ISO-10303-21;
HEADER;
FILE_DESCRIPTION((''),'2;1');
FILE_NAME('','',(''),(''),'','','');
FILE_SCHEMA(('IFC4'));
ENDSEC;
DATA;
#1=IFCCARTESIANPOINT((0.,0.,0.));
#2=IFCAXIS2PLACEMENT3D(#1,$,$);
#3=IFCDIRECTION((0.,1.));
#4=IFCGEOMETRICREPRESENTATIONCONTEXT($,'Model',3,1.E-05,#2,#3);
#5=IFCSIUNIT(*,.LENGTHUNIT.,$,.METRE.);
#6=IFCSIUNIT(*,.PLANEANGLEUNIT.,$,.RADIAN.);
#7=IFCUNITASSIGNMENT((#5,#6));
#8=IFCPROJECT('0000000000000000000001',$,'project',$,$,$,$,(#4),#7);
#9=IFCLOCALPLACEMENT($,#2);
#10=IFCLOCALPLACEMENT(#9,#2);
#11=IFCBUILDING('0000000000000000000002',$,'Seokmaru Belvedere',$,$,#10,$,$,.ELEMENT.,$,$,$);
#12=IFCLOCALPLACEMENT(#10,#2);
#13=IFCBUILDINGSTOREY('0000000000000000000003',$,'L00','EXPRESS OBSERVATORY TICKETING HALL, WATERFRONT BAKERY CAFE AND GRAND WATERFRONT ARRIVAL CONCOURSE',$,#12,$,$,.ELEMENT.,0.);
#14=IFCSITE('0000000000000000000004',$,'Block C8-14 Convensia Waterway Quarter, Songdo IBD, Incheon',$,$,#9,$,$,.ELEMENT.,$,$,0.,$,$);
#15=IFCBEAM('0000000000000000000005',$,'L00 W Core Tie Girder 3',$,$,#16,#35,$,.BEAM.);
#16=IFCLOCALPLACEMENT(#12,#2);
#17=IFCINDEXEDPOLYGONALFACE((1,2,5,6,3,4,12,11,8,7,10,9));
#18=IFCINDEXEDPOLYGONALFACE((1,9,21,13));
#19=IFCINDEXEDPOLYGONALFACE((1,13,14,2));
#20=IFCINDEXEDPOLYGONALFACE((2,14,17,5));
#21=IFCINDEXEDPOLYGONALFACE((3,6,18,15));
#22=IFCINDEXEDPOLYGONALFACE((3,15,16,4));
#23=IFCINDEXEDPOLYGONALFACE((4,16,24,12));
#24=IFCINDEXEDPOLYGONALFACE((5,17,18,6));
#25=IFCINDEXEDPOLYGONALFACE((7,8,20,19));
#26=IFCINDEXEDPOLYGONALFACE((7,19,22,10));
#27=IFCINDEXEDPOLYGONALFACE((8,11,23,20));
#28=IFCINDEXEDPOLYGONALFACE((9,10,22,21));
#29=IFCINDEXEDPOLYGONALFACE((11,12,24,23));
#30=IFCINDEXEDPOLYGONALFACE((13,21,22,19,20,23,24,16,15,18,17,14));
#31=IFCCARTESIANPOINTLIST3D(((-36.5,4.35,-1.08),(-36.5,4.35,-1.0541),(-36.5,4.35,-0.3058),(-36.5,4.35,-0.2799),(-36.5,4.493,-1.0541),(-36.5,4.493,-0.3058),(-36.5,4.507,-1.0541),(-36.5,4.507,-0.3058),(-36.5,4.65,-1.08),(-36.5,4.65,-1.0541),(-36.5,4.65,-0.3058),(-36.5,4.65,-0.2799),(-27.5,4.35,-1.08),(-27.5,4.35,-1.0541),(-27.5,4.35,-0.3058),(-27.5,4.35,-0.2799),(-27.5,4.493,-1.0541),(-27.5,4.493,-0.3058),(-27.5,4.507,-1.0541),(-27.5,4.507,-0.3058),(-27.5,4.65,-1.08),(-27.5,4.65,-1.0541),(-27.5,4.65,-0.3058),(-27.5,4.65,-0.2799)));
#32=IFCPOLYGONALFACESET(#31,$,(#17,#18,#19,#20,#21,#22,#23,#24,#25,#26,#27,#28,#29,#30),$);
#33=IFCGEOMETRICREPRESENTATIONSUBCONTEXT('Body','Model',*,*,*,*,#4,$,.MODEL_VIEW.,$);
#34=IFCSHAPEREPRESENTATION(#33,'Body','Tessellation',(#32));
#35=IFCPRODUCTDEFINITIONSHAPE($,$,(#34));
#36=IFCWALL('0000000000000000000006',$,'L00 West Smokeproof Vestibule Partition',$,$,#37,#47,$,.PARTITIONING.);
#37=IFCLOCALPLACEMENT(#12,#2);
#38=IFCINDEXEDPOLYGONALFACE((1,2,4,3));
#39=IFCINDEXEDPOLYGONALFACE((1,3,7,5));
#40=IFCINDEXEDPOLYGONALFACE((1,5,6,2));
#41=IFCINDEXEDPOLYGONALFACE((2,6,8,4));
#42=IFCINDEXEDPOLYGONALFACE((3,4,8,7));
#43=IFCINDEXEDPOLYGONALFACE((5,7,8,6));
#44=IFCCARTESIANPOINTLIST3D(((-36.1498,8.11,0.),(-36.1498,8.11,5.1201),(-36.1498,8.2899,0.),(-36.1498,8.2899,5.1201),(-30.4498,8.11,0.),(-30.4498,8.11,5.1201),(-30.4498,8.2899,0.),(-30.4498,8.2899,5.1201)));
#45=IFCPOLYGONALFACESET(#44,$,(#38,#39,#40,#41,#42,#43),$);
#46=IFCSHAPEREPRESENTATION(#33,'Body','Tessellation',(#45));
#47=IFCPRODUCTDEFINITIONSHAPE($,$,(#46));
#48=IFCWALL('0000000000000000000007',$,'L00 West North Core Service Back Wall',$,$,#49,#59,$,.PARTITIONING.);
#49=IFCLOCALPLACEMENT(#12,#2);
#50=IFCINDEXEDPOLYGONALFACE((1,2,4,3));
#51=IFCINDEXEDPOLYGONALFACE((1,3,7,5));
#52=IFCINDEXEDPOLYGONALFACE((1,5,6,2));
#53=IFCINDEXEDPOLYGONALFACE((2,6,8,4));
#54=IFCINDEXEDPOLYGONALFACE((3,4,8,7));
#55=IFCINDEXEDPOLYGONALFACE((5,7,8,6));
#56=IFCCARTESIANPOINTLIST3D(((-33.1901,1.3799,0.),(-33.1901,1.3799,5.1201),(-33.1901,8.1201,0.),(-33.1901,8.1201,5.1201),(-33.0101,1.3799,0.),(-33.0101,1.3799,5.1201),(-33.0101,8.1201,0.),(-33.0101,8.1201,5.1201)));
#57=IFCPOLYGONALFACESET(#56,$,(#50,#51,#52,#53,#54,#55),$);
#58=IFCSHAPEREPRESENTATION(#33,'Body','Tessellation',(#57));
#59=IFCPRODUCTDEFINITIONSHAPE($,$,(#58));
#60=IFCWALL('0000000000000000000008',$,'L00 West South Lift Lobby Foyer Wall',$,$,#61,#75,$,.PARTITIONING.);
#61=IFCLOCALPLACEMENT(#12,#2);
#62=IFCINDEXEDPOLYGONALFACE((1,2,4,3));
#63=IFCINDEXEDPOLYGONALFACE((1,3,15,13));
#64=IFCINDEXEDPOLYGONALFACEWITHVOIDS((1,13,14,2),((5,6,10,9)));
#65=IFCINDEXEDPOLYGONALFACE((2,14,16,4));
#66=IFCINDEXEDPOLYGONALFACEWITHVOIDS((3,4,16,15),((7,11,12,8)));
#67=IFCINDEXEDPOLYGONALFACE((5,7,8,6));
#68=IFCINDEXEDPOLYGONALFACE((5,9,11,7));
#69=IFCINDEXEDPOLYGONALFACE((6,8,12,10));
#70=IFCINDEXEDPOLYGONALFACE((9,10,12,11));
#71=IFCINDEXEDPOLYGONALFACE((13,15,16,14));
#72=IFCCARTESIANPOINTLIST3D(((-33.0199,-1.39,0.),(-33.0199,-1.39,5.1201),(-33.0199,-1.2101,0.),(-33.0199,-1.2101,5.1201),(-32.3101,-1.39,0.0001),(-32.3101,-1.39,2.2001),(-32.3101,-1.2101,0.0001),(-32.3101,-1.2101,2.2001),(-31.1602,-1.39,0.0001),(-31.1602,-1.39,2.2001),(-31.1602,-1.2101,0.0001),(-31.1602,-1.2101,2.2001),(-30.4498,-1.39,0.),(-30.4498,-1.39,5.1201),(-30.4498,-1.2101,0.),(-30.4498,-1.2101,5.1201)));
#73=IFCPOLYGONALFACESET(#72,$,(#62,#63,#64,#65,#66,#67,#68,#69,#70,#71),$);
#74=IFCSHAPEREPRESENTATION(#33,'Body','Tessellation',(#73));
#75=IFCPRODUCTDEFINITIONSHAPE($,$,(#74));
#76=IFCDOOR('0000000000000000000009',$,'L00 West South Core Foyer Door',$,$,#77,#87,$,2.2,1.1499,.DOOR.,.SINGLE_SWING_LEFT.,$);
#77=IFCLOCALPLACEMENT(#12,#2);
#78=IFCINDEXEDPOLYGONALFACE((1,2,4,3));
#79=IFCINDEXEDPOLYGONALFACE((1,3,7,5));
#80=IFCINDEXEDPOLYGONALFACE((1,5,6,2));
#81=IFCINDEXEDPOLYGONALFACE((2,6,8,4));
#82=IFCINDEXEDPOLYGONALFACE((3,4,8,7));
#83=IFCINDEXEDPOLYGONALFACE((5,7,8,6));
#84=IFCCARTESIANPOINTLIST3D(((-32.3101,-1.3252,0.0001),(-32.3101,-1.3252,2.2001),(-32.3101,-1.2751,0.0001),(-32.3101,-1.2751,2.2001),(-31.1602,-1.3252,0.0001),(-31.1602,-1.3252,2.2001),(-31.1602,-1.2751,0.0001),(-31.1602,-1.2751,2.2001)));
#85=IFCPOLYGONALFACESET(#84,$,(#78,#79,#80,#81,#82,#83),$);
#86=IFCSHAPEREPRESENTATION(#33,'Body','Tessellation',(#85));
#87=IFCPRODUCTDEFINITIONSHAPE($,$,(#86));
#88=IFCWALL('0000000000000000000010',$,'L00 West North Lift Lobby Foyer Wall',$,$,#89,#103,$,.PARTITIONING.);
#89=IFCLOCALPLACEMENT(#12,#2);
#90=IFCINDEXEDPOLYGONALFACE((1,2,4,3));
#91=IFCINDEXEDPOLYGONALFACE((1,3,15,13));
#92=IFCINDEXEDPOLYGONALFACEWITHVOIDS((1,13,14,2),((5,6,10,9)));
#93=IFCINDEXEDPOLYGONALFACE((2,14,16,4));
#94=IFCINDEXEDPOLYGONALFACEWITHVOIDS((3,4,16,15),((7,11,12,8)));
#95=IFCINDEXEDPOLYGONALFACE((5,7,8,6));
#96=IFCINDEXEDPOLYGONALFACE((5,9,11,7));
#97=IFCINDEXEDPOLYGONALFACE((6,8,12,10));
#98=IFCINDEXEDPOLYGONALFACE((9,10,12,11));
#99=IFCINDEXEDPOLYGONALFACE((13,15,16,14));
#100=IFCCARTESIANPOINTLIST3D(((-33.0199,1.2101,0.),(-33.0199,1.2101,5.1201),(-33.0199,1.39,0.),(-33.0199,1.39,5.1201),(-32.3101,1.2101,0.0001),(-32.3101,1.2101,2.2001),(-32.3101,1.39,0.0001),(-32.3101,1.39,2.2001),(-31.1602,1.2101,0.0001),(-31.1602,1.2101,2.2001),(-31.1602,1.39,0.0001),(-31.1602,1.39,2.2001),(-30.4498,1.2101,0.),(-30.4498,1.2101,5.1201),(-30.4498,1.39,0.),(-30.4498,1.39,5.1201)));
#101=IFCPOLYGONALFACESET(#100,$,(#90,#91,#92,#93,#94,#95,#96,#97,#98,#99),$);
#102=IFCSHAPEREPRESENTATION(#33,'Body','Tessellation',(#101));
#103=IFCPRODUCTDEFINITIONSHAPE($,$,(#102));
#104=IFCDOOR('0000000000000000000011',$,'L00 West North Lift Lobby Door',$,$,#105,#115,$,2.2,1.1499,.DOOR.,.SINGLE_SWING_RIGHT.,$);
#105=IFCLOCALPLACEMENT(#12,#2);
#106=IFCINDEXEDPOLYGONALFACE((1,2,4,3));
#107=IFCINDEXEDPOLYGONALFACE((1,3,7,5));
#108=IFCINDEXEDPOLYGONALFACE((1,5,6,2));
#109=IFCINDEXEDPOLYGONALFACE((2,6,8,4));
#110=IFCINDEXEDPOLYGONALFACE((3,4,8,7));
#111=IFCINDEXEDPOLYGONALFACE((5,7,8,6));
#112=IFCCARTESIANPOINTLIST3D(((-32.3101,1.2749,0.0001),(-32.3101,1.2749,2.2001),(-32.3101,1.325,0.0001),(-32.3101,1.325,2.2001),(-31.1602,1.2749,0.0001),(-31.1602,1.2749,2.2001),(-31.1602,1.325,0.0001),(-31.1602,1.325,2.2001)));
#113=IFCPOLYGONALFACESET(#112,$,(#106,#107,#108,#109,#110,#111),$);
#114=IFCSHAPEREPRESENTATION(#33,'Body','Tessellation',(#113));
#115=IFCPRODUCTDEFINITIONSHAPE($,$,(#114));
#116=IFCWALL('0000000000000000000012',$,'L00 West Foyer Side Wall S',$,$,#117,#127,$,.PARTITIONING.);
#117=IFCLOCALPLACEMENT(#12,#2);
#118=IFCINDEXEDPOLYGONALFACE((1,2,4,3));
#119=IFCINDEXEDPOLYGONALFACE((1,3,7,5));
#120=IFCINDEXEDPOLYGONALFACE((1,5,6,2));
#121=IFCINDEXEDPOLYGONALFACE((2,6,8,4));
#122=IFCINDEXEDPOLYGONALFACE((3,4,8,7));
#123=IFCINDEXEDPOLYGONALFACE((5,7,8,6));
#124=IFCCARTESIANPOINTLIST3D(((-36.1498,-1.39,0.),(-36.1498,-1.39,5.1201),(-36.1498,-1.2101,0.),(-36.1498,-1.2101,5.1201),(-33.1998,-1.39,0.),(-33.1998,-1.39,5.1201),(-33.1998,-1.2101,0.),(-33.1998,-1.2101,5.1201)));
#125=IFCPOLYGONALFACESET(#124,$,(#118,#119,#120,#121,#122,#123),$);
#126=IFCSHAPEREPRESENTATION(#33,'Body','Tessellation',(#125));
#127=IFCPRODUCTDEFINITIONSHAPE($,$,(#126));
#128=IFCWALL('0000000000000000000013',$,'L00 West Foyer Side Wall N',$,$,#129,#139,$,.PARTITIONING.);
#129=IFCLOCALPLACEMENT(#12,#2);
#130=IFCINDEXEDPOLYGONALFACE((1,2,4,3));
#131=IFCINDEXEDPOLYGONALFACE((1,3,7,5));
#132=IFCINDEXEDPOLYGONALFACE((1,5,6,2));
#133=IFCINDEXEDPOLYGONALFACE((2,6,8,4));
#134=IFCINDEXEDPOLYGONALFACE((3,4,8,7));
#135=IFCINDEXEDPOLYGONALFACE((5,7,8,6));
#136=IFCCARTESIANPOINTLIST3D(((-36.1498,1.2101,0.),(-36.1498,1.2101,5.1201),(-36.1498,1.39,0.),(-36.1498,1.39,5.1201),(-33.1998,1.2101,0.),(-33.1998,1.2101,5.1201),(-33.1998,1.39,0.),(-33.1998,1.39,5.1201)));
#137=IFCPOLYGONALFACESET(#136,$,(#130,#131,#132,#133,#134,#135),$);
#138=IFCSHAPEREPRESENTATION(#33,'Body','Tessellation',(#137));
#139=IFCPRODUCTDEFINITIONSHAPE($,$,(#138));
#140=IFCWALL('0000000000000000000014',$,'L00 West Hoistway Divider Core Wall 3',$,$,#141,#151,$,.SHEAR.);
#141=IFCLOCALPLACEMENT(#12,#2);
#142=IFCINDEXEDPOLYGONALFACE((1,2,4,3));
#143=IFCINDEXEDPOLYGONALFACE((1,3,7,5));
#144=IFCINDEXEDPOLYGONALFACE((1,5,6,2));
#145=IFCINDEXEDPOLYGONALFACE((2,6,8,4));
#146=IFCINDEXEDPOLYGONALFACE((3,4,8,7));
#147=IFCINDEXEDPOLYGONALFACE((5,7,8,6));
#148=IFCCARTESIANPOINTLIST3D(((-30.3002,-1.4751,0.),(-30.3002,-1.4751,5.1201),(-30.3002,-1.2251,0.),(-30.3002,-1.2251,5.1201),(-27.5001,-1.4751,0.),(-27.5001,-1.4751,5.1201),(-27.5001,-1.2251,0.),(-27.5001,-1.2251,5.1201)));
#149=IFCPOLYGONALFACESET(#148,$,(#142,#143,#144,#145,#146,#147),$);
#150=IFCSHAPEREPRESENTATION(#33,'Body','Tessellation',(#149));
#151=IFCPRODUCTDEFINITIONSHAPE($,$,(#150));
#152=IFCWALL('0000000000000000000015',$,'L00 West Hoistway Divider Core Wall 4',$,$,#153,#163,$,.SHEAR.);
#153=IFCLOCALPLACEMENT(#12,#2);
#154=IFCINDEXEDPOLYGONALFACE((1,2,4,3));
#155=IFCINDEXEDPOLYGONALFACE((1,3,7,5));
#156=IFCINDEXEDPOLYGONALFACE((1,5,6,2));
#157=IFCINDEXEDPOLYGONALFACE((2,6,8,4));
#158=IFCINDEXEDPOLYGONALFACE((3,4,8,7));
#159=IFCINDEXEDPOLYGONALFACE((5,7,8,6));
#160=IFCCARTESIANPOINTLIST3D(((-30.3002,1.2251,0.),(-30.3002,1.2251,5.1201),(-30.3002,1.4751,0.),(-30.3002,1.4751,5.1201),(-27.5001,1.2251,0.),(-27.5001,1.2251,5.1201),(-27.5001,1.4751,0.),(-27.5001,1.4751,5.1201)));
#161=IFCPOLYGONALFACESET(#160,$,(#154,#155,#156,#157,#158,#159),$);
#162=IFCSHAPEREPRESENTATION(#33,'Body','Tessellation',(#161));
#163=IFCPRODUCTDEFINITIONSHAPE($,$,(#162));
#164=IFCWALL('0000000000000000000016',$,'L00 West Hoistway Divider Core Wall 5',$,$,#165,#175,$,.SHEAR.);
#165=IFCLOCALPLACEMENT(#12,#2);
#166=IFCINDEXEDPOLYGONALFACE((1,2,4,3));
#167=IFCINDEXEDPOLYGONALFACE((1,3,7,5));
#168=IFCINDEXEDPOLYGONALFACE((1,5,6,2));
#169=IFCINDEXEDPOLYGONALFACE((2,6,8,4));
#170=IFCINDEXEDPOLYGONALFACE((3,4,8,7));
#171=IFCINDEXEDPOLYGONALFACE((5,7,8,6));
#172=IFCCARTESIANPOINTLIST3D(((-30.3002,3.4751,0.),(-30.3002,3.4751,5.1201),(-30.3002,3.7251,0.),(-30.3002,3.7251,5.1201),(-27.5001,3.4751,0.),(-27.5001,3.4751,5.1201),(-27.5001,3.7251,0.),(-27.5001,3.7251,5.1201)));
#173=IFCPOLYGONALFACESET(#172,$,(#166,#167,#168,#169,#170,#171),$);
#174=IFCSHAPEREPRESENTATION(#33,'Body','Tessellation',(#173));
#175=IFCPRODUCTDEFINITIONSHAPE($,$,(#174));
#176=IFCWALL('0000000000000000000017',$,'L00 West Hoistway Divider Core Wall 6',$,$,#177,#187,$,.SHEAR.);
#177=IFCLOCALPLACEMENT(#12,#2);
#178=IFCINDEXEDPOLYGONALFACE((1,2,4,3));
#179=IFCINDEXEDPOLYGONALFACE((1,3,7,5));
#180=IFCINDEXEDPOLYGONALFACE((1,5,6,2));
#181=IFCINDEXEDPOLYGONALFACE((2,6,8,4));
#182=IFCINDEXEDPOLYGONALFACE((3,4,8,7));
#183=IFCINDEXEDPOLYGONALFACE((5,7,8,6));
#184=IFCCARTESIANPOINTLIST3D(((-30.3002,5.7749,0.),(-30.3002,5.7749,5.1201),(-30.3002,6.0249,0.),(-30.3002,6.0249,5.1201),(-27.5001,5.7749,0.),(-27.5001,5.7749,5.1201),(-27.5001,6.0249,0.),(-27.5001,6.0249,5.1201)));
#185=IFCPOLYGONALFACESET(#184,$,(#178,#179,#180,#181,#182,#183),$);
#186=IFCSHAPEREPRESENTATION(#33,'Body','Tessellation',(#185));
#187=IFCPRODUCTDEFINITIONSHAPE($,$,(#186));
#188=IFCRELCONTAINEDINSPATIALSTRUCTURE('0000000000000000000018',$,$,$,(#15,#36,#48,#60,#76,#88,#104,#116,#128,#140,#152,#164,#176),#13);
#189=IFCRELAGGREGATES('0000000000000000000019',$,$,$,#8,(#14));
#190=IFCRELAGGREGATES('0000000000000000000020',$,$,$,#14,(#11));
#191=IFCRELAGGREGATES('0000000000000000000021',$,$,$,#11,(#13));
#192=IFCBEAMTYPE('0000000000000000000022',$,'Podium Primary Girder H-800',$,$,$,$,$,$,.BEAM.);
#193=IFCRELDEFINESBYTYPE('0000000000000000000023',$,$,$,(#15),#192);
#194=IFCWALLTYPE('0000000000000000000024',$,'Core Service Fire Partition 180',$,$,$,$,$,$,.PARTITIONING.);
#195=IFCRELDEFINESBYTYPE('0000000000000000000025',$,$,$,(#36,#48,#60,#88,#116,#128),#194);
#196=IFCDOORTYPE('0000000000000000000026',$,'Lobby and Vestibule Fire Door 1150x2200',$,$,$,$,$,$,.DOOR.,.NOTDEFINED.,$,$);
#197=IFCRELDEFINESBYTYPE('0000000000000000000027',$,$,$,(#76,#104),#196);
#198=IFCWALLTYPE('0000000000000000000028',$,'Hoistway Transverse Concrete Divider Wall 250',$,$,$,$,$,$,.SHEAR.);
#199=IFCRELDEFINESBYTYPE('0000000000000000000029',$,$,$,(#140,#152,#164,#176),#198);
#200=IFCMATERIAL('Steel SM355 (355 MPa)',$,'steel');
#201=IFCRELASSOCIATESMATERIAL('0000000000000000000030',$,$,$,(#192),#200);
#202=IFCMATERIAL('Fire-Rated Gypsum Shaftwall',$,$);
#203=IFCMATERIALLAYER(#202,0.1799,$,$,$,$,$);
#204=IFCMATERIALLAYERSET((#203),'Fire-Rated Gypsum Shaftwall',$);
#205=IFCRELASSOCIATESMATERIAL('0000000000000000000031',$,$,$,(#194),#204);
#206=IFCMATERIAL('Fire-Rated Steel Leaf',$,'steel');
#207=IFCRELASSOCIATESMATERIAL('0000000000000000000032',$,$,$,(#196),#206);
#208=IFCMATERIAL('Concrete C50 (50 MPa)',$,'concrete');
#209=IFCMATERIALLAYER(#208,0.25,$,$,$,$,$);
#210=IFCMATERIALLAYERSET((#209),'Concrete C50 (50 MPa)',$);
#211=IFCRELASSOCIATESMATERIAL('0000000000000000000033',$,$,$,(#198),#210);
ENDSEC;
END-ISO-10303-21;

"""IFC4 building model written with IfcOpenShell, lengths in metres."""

from ifc_helpers import new_model, si_unit, direction, frame, frame_2d, origin, origin_2d, place, context, subcontext, project, spatial, rectangle, i_section, extrude, source, transform, mapped, material, layer, layer_set, material_profile, profile_set, type_object, type_shapes, element, fill, save


model = new_model("IFC4")

# Units and contexts
model_context = context("Model", 3, precision=1e-05, world=origin(), true_north=direction((0.0, 1.0)))
body_context = subcontext(model_context, "Body", "Model", "MODEL_VIEW")
ifc_project = project(units=[si_unit("LENGTHUNIT", "METRE"), si_unit("PLANEANGLEUNIT", "RADIAN")], contexts=[model_context])

# Site, building, storey
site_placement = place(None, origin())
site = spatial("IfcSite", under=ifc_project, at=site_placement, Name="Block C8-14 Convensia Waterway Quarter, Songdo IBD, Incheon", CompositionType="ELEMENT", RefElevation=0.0)
building_placement = place(site_placement, origin())
building = spatial("IfcBuilding", under=site, at=building_placement, Name="Seokmaru Belvedere", CompositionType="ELEMENT")
storey_placement = place(building_placement, origin())
storey = spatial("IfcBuildingStorey", under=building, at=storey_placement, Name="L00", Description="EXPRESS OBSERVATORY TICKETING HALL, WATERFRONT BAKERY CAFE AND GRAND WATERFRONT ARRIVAL CONCOURSE", CompositionType="ELEMENT", Elevation=0.0)

# Beam
ifc_material_1 = material(Name="Steel SM355 (355 MPa)", Category="steel")
ifc_material_profile = material_profile(ifc_material_1, i_section(OverallWidth=0.3, OverallDepth=0.8, WebThickness=0.0139, FlangeThickness=0.0259, at=origin_2d()), Name="H-800x300x14x26")
ifc_profile_set = profile_set([ifc_material_profile], Name="Steel SM355 (355 MPa)")
beam_type = type_object("IfcBeamType", Name="Podium Primary Girder H-800", PredefinedType="BEAM", material=ifc_profile_set)
shared_shape_1 = source(origin(), body_context, "Body", "SweptSolid", [
    extrude(i_section(OverallWidth=0.3, OverallDepth=0.8, WebThickness=0.0139, FlangeThickness=0.0259, at=origin_2d()), origin(), (0.0, 0.0, 1.0), 9.0),
])
type_shapes(beam_type, [shared_shape_1])
beam_placement = place(storey_placement, frame((-36.5, 4.5, -0.6799), z_axis=(1.0, 0.0, 0.0), x_axis=(0.0, 1.0, 0.0)))
element("IfcBeam", 1, at=beam_placement, inside=storey, type_object=beam_type, Name="L00 W Core Tie Girder 3", PredefinedType="BEAM", context=body_context, shape_type="MappedRepresentation", body=[
    mapped(shared_shape_1, transform((0.0, 0.0, 0.0), scale=1.0)),
])

# Walls
ifc_material_2 = material(Name="Fire-Rated Gypsum Shaftwall")
ifc_layer_1 = layer(ifc_material_2, 0.1799)
ifc_layer_set_1 = layer_set([ifc_layer_1], Name="Fire-Rated Gypsum Shaftwall")
wall_type_1 = type_object("IfcWallType", Name="Core Service Fire Partition 180", PredefinedType="PARTITIONING", material=ifc_layer_set_1)
wall_1_placement = place(storey_placement, frame((-36.1499, 8.2, 0.0), z_axis=(0.0, 0.0, 1.0), x_axis=(1.0, 0.0, 0.0)))
element("IfcWall", 2, at=wall_1_placement, inside=storey, type_object=wall_type_1, Name="L00 West Smokeproof Vestibule Partition", PredefinedType="PARTITIONING", context=body_context, shape_type="SweptSolid", body=[
    extrude(rectangle(XDim=5.7, YDim=0.1799, at=frame_2d((2.8501, 0.0))), origin(), (0.0, 0.0, 1.0), 5.1201),
])
wall_2_placement = place(storey_placement, frame((-33.1001, 1.3799, 0.0), z_axis=(0.0, 0.0, 1.0), x_axis=(0.0, 1.0, 0.0)))
element("IfcWall", 3, at=wall_2_placement, inside=storey, type_object=wall_type_1, Name="L00 West North Core Service Back Wall", PredefinedType="PARTITIONING", context=body_context, shape_type="SweptSolid", body=[
    extrude(rectangle(XDim=6.7402, YDim=0.1799, at=frame_2d((3.3701, 0.0))), origin(), (0.0, 0.0, 1.0), 5.1201),
])

# Walls, openings, doors
wall_3_placement = place(storey_placement, frame((-33.02, -1.3, 0.0), z_axis=(0.0, 0.0, 1.0), x_axis=(1.0, 0.0, 0.0)))
wall_3 = element("IfcWall", 4, at=wall_3_placement, inside=storey, type_object=wall_type_1, Name="L00 West South Lift Lobby Foyer Wall", PredefinedType="PARTITIONING", context=body_context, shape_type="SweptSolid", body=[
    extrude(rectangle(XDim=2.5701, YDim=0.1799, at=frame_2d((1.2852, 0.0))), origin(), (0.0, 0.0, 1.0), 5.1201),
])
opening_1_placement = place(wall_3_placement, frame((0.71, 0.0, 0.0)))
opening_1 = element("IfcOpeningElement", 5, at=opening_1_placement, cuts=wall_3, PredefinedType="OPENING", context=body_context, shape_type="SweptSolid", body=[
    extrude(rectangle(XDim=1.1499, YDim=2.2, at=frame_2d((0.575, 1.1001))), frame((0.0, 0.1001, 0.0), z_axis=(0.0, -1.0, 0.0), x_axis=(1.0, 0.0, 0.0)), (0.0, 0.0, 1.0), 0.2),
])
ifc_material_3 = material(Name="Fire-Rated Steel Leaf", Category="steel")
door_type_1 = type_object("IfcDoorType", Name="Lobby and Vestibule Fire Door 1150x2200", OperationType="NOTDEFINED", PredefinedType="DOOR", material=ifc_material_3)
shared_shape_2 = source(origin(), body_context, "Body", "SweptSolid", [
    extrude(rectangle(XDim=1.1499, YDim=2.2, at=frame_2d((0.575, 1.1001))), frame((0.0, 0.0249, 0.0), z_axis=(0.0, -1.0, 0.0), x_axis=(1.0, 0.0, 0.0)), (0.0, 0.0, 1.0), 0.05),
])
type_shapes(door_type_1, [shared_shape_2])
door_1_placement = place(opening_1_placement, origin())
door_1 = element("IfcDoor", 6, at=door_1_placement, inside=storey, type_object=door_type_1, Name="L00 West South Core Foyer Door", OperationType="SINGLE_SWING_LEFT", OverallHeight=2.2, OverallWidth=1.1499, PredefinedType="DOOR", context=body_context, shape_type="MappedRepresentation", body=[
    mapped(shared_shape_2, transform((0.0, 0.0, 0.0), scale=1.0)),
])
fill(opening_1, door_1)
wall_4_placement = place(storey_placement, frame((-33.02, 1.3, 0.0), z_axis=(0.0, 0.0, 1.0), x_axis=(1.0, 0.0, 0.0)))
wall_4 = element("IfcWall", 7, at=wall_4_placement, inside=storey, type_object=wall_type_1, Name="L00 West North Lift Lobby Foyer Wall", PredefinedType="PARTITIONING", context=body_context, shape_type="SweptSolid", body=[
    extrude(rectangle(XDim=2.5701, YDim=0.1799, at=frame_2d((1.2852, 0.0))), origin(), (0.0, 0.0, 1.0), 5.1201),
])
opening_2_placement = place(wall_4_placement, frame((0.71, 0.0, 0.0)))
opening_2 = element("IfcOpeningElement", 8, at=opening_2_placement, cuts=wall_4, PredefinedType="OPENING", context=body_context, shape_type="SweptSolid", body=[
    extrude(rectangle(XDim=1.1499, YDim=2.2, at=frame_2d((0.575, 1.1001))), frame((0.0, 0.1001, 0.0), z_axis=(0.0, -1.0, 0.0), x_axis=(1.0, 0.0, 0.0)), (0.0, 0.0, 1.0), 0.2),
])
door_2_placement = place(opening_2_placement, origin())
door_2 = element("IfcDoor", 9, at=door_2_placement, inside=storey, type_object=door_type_1, Name="L00 West North Lift Lobby Door", OperationType="SINGLE_SWING_RIGHT", OverallHeight=2.2, OverallWidth=1.1499, PredefinedType="DOOR", context=body_context, shape_type="MappedRepresentation", body=[
    mapped(shared_shape_2, transform((0.0, 0.0, 0.0), scale=1.0)),
])
fill(opening_2, door_2)

# Walls
for number, where, z_axis, x_axis, name in (
    (10, (-36.1499, -1.3, 0.0), (0.0, 0.0, 1.0), (1.0, 0.0, 0.0), "L00 West Foyer Side Wall S"),
    (11, (-36.1499, 1.3, 0.0), (0.0, 0.0, 1.0), (1.0, 0.0, 0.0), "L00 West Foyer Side Wall N"),
):
    element("IfcWall", number, at=place(storey_placement, frame(where, z_axis=z_axis, x_axis=x_axis)), inside=storey, type_object=wall_type_1, Name=name, PredefinedType="PARTITIONING", context=body_context, shape_type="SweptSolid", body=[
        extrude(rectangle(XDim=2.95, YDim=0.1799, at=frame_2d((1.4751, 0.0))), origin(), (0.0, 0.0, 1.0), 5.1201),
    ])
ifc_material_4 = material(Name="Concrete C50 (50 MPa)", Category="concrete")
ifc_layer_2 = layer(ifc_material_4, 0.25)
ifc_layer_set_2 = layer_set([ifc_layer_2], Name="Concrete C50 (50 MPa)")
wall_type_2 = type_object("IfcWallType", Name="Hoistway Transverse Concrete Divider Wall 250", PredefinedType="SHEAR", material=ifc_layer_set_2)
for number, where, z_axis, x_axis, name in (
    (12, (-30.3, -1.3501, 0.0), (0.0, 0.0, 1.0), (1.0, 0.0, 0.0), "L00 West Hoistway Divider Core Wall 3"),
    (13, (-30.3, 1.3501, 0.0), (0.0, 0.0, 1.0), (1.0, 0.0, 0.0), "L00 West Hoistway Divider Core Wall 4"),
    (14, (-30.3, 3.6001, 0.0), (0.0, 0.0, 1.0), (1.0, 0.0, 0.0), "L00 West Hoistway Divider Core Wall 5"),
    (15, (-30.3, 5.8999, 0.0), (0.0, 0.0, 1.0), (1.0, 0.0, 0.0), "L00 West Hoistway Divider Core Wall 6"),
):
    element("IfcWall", number, at=place(storey_placement, frame(where, z_axis=z_axis, x_axis=x_axis)), inside=storey, type_object=wall_type_2, Name=name, PredefinedType="SHEAR", context=body_context, shape_type="SweptSolid", body=[
        extrude(rectangle(XDim=2.8, YDim=0.25, at=frame_2d((1.3999, 0.0))), origin(), (0.0, 0.0, 1.0), 5.1201),
    ])

save(model, "model.ifc")
